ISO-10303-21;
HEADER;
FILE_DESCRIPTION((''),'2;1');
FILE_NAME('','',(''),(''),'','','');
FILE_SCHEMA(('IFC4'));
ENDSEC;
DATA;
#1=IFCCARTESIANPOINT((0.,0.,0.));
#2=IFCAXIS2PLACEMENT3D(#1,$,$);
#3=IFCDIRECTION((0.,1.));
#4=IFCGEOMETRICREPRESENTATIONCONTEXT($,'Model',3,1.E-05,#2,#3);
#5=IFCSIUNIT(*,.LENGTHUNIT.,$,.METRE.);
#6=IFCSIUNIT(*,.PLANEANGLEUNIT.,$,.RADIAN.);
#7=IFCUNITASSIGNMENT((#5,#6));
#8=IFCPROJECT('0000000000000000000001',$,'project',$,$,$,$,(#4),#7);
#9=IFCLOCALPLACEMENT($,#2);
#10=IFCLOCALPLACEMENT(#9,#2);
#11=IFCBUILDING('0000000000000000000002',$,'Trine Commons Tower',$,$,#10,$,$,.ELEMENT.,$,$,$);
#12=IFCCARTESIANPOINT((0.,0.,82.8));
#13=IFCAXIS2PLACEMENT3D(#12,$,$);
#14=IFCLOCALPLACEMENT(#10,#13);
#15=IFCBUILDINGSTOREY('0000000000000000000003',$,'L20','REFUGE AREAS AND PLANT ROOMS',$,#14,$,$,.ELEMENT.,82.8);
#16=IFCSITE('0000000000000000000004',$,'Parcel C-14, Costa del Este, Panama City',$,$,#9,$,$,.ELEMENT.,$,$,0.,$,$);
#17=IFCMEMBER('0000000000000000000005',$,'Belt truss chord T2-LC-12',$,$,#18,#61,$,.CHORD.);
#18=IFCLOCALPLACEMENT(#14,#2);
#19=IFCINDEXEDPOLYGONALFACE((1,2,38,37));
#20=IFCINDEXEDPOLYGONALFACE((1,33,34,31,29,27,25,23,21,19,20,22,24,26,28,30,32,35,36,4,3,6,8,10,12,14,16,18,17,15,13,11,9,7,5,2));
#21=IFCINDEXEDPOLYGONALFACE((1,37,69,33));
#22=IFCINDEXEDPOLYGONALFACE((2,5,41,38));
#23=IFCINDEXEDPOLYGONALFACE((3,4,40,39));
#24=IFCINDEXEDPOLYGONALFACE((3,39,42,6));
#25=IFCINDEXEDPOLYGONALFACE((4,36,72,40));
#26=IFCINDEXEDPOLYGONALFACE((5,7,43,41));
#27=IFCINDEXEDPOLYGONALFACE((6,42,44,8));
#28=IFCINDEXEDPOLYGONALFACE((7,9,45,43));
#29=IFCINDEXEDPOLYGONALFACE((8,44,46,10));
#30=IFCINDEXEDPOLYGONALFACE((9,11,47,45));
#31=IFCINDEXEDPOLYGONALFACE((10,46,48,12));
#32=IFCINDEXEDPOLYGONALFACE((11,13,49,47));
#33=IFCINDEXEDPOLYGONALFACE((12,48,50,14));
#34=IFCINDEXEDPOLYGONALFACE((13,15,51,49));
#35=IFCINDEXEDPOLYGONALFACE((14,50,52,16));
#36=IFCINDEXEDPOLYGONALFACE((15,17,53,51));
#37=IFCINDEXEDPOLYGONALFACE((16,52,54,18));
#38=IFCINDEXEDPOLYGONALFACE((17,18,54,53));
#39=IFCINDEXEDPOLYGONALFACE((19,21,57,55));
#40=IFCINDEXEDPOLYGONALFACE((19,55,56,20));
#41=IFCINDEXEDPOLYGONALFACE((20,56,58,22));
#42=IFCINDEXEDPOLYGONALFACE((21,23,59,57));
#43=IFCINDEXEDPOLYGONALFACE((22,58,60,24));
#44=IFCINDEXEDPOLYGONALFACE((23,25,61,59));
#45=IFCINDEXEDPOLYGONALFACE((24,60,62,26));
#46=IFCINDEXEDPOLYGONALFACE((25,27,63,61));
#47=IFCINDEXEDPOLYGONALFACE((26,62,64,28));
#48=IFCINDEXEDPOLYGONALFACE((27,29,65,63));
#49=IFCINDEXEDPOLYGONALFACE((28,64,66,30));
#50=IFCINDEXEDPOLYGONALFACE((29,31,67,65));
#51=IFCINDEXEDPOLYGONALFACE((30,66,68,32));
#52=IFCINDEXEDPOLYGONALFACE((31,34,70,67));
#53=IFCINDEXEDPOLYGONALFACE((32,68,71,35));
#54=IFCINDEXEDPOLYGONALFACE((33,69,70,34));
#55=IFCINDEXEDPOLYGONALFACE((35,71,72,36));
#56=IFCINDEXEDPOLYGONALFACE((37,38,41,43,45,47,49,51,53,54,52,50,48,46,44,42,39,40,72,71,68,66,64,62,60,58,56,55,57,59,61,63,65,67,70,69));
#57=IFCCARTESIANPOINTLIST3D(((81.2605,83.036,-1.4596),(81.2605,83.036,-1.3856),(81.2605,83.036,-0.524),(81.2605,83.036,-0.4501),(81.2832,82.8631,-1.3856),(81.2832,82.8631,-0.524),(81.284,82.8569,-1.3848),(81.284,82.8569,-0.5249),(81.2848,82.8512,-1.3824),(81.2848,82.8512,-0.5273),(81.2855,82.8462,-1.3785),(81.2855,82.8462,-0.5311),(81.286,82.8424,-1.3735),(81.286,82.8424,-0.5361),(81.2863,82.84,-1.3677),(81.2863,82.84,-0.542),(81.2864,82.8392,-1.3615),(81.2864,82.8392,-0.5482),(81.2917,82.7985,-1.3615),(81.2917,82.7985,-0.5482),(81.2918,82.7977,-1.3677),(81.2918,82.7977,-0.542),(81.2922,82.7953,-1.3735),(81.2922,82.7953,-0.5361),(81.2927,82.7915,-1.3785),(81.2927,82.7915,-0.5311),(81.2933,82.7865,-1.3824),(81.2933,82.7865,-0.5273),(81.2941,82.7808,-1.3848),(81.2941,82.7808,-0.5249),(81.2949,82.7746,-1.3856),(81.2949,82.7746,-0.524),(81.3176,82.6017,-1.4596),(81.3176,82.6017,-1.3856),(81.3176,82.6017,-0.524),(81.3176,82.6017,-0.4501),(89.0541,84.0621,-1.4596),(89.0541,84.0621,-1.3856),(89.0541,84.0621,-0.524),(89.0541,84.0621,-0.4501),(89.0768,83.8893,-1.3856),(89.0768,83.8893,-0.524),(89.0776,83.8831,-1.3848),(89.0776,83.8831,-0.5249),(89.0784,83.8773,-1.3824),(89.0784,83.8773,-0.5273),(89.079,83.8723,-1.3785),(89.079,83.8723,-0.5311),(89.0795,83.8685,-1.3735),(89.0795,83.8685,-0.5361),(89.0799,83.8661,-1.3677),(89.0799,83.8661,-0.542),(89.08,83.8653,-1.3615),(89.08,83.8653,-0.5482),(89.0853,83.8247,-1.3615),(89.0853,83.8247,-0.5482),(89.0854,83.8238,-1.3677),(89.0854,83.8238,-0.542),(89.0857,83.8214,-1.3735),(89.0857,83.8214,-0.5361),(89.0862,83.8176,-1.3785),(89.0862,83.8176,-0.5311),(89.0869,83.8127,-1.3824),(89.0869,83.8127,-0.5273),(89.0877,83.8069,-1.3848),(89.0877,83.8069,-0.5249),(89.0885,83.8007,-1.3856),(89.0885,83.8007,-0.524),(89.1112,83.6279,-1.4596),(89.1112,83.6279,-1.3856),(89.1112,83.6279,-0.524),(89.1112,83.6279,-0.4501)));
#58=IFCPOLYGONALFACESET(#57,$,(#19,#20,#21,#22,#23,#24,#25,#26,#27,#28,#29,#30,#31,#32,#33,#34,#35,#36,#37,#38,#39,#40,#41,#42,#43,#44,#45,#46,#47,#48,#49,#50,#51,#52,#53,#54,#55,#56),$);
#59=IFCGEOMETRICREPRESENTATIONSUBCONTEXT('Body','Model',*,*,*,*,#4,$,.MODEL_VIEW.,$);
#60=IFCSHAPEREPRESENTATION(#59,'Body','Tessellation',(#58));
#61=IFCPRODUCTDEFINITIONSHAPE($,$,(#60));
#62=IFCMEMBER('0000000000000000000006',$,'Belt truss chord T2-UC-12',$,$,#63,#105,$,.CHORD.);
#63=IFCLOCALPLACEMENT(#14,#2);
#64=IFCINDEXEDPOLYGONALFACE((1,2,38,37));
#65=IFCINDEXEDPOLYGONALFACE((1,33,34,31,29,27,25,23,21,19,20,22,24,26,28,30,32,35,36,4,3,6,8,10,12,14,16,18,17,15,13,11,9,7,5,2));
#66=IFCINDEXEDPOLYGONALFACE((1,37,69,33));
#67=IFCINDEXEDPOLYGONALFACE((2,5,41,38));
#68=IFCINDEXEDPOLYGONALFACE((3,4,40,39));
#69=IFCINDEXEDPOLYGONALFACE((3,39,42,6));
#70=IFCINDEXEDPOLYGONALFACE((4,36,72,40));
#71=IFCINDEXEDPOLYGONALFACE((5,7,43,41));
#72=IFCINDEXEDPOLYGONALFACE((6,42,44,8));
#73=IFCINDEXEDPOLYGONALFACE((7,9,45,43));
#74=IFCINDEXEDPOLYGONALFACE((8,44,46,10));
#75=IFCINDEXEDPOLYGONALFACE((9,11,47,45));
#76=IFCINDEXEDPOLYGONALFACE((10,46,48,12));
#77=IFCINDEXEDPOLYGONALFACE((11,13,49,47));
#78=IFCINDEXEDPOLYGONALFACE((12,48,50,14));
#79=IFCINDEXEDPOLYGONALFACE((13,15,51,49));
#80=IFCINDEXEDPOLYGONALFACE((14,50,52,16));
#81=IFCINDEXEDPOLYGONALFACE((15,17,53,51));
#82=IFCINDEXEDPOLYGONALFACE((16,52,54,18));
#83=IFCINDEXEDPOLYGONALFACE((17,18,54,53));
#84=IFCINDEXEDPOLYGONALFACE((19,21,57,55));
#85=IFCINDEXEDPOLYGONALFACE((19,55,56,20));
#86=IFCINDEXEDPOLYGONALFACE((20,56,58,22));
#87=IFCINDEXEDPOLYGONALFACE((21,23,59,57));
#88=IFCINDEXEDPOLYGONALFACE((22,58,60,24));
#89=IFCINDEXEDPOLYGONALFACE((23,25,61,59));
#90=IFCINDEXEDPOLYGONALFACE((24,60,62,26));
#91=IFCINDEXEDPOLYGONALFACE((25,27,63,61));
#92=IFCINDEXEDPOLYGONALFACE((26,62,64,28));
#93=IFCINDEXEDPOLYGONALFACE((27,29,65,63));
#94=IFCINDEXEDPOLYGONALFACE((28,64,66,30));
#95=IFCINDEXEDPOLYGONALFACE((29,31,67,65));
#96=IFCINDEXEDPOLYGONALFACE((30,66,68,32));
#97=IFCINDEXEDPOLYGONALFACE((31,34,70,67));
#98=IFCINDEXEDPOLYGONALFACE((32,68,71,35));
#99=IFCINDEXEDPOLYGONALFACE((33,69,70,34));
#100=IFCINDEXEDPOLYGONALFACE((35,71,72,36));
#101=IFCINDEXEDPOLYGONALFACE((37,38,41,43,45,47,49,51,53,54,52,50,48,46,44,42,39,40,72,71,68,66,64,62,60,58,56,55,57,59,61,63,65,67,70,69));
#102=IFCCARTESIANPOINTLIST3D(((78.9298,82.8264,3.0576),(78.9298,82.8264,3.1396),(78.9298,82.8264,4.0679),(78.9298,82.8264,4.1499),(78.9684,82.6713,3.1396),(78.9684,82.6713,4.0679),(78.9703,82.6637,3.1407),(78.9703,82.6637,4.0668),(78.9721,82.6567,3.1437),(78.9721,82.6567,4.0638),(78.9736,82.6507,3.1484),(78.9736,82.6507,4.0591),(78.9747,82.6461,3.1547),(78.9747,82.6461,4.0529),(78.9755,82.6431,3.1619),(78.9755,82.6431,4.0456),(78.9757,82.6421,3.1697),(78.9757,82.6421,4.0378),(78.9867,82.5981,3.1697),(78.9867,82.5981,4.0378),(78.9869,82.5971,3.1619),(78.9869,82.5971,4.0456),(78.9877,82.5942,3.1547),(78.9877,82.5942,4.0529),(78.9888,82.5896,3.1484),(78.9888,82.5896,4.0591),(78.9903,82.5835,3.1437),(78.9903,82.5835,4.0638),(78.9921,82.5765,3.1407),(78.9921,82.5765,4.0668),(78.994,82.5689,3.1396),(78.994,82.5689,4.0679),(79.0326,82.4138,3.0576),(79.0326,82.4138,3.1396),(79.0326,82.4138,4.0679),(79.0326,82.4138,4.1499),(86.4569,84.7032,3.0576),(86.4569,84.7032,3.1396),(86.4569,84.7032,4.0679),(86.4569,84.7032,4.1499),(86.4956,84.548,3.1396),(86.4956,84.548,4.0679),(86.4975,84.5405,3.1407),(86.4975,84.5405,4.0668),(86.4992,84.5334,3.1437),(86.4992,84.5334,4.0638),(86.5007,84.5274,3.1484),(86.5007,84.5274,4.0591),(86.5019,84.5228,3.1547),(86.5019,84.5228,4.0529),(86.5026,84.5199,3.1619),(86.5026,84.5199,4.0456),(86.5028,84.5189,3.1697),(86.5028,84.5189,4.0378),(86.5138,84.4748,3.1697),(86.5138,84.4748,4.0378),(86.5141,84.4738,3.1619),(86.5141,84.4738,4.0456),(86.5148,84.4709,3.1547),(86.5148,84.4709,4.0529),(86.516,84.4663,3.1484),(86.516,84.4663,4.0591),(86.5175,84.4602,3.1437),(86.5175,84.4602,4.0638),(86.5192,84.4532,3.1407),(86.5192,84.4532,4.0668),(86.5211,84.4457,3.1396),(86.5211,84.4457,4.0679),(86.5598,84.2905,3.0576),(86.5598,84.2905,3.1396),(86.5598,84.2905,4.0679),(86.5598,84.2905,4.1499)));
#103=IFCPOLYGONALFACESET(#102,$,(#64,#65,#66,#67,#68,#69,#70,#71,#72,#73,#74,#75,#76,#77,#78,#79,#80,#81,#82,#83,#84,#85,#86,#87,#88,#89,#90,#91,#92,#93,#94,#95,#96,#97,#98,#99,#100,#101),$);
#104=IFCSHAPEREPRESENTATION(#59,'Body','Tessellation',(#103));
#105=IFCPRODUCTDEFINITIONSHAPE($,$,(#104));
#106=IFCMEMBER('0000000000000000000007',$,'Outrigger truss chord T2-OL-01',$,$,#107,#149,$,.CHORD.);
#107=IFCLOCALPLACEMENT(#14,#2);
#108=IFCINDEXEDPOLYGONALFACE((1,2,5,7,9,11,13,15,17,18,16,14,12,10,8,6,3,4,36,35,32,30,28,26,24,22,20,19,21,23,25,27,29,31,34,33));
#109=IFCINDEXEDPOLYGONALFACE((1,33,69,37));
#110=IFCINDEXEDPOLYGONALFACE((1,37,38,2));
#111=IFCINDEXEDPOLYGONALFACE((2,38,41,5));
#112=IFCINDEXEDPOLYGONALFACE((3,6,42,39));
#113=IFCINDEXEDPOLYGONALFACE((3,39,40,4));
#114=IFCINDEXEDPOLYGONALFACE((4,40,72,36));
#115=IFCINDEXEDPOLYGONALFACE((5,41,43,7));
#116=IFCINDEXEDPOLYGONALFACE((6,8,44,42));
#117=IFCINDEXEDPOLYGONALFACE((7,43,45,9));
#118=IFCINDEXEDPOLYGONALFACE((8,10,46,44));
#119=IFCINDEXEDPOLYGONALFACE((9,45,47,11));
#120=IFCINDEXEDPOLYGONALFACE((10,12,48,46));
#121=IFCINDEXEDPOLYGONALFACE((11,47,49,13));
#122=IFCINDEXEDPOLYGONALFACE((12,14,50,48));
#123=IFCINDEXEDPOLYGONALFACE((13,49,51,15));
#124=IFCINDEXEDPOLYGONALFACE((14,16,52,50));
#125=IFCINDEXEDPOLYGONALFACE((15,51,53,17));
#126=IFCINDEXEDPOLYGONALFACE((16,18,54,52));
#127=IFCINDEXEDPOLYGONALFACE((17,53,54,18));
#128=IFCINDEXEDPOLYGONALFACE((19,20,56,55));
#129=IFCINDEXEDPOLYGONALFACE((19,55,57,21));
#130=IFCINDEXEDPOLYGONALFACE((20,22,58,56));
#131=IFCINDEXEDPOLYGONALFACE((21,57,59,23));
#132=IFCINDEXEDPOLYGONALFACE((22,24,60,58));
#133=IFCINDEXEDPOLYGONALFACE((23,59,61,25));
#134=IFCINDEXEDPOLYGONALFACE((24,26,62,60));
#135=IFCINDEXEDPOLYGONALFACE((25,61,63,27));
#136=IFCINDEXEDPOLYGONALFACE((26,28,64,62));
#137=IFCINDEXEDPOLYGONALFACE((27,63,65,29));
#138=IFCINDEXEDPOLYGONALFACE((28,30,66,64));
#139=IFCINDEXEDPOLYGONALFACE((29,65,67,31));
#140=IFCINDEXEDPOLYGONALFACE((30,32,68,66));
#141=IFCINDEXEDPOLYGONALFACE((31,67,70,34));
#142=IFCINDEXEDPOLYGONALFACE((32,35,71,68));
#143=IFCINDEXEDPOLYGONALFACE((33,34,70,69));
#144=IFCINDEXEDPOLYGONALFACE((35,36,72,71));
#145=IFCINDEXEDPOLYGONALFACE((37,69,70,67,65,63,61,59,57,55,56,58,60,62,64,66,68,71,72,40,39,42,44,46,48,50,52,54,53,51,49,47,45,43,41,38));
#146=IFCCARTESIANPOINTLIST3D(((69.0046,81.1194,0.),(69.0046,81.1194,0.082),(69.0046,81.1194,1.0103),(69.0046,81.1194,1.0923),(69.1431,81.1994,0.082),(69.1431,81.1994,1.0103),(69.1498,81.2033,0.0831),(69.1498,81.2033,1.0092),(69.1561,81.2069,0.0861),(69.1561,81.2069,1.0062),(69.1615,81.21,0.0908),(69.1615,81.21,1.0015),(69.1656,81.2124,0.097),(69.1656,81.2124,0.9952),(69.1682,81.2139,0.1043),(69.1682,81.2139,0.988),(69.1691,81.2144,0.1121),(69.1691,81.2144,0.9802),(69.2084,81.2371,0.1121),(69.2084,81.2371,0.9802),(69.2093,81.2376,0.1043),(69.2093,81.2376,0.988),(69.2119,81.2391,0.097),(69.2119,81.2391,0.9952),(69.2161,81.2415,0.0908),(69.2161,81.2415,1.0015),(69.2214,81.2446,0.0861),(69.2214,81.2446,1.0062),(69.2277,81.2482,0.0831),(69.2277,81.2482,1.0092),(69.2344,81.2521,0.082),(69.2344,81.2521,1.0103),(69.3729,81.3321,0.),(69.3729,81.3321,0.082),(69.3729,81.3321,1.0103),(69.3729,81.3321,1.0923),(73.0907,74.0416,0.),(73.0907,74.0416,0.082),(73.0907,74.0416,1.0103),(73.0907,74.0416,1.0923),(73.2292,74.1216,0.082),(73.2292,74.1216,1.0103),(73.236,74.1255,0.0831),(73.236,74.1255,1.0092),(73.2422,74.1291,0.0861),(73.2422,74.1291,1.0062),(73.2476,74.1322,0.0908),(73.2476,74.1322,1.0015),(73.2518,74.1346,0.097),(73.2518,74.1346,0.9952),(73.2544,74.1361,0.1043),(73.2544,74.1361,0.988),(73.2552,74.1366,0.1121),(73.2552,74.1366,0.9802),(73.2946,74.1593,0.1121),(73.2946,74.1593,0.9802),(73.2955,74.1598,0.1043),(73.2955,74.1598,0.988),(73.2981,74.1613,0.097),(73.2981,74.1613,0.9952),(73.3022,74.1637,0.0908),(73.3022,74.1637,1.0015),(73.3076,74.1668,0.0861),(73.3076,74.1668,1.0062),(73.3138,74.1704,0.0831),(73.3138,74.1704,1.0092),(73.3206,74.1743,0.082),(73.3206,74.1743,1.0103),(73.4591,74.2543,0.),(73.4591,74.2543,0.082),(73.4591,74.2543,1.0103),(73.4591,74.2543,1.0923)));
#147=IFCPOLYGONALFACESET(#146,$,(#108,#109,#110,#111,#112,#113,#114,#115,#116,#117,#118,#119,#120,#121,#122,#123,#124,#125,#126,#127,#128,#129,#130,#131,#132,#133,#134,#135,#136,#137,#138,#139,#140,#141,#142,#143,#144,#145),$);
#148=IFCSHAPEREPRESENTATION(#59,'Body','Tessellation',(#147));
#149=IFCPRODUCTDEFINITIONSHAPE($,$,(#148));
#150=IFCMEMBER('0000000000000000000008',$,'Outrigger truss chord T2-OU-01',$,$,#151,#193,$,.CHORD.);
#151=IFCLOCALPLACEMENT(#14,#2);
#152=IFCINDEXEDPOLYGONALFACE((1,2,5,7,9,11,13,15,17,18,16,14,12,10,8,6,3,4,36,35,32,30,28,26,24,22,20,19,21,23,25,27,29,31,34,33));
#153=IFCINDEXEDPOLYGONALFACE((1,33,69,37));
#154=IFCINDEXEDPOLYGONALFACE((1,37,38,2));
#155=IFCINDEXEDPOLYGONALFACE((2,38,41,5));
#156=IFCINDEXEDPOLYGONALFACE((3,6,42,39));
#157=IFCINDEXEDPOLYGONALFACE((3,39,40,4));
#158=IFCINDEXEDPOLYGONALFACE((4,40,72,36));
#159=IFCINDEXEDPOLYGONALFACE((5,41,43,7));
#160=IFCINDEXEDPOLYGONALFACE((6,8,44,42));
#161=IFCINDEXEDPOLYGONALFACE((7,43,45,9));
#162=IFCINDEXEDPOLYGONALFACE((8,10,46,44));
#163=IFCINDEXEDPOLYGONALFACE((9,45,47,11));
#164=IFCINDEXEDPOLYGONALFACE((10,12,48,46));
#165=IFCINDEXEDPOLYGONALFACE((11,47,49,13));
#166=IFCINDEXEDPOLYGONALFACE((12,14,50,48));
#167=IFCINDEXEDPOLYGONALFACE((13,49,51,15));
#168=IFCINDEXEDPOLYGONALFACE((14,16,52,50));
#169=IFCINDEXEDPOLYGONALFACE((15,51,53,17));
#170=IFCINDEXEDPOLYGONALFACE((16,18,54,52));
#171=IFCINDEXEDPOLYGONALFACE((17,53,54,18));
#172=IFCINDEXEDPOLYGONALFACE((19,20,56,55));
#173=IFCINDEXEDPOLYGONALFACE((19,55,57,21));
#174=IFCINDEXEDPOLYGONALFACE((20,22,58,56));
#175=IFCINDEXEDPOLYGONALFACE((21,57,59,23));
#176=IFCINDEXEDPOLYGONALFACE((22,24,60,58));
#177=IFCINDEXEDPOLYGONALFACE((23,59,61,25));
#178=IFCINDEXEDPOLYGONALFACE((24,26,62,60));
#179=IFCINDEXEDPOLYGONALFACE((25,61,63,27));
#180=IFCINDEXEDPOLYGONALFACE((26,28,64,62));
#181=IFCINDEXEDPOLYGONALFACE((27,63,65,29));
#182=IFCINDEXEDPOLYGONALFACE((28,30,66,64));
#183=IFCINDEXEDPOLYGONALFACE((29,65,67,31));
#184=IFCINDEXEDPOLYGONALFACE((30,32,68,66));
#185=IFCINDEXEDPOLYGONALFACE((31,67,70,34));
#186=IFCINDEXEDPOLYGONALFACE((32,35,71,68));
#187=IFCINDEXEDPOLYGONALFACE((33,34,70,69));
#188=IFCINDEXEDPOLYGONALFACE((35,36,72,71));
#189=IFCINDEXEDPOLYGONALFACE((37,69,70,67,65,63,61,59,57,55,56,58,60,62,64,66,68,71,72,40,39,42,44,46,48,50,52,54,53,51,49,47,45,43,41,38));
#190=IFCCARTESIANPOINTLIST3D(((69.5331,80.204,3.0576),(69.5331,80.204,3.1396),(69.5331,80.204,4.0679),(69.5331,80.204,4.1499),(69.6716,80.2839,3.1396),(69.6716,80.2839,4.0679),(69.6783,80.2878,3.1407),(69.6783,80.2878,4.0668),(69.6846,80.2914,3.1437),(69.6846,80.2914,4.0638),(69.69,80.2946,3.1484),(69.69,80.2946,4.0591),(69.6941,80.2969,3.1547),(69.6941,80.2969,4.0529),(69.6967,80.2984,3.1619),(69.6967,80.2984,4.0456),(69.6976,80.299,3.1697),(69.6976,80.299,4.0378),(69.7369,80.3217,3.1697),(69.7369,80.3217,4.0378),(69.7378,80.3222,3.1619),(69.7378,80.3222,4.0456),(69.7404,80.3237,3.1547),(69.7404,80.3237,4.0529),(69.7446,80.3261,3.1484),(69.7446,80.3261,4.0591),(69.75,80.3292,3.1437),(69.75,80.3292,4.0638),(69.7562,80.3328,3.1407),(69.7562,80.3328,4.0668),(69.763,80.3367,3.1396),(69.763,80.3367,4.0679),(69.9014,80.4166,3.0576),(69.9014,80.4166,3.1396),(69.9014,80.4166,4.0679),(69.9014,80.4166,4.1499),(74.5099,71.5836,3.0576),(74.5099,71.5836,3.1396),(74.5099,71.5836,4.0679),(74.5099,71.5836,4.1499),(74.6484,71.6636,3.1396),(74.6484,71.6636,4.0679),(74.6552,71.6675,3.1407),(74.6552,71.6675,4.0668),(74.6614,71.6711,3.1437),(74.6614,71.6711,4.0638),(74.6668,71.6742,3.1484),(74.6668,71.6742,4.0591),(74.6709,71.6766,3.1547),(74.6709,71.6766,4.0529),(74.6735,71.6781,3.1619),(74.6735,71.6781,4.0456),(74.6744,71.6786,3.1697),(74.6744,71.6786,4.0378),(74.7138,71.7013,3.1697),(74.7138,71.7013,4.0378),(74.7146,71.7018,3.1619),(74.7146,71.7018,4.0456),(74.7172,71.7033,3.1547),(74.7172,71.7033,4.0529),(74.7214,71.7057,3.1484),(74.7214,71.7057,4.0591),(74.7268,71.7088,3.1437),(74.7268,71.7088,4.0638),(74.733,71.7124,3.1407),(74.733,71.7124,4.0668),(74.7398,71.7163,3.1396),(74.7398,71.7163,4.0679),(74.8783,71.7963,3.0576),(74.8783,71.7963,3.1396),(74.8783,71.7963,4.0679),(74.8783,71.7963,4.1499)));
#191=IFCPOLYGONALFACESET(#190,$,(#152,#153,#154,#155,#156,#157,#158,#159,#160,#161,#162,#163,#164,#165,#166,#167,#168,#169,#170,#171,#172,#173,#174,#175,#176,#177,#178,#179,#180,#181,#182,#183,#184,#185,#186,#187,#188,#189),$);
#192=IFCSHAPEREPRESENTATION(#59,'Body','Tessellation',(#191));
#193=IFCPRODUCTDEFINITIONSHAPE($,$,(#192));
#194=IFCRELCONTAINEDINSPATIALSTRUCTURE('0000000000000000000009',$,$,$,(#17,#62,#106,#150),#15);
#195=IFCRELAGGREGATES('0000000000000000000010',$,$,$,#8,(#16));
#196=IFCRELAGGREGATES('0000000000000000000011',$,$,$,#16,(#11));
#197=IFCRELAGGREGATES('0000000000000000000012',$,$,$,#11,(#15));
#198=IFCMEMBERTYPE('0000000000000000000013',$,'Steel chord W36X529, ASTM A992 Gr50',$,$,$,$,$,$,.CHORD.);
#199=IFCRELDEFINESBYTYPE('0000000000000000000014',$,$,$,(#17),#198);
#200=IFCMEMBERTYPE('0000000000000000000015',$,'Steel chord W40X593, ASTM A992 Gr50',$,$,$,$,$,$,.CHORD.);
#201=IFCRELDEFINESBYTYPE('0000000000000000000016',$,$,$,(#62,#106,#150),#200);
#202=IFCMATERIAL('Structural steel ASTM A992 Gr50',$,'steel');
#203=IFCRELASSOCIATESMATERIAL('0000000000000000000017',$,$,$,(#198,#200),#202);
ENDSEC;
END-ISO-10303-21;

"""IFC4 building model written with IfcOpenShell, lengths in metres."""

from ifc_helpers import new_model, si_unit, direction, frame, origin, origin_2d, place, context, subcontext, project, spatial, i_section, extrude, material, material_profile, profile_set, type_object, element, save


model = new_model("IFC4")

# Units and contexts
model_context = context("Model", 3, precision=1e-05, world=origin(), true_north=direction((0.0, 1.0)))
body_context = subcontext(model_context, "Body", "Model", "MODEL_VIEW")
ifc_project = project(units=[si_unit("LENGTHUNIT", "METRE"), si_unit("PLANEANGLEUNIT", "RADIAN")], contexts=[model_context])

# Site, building, storey
site_placement = place(None, origin())
site = spatial("IfcSite", under=ifc_project, at=site_placement, Name="Parcel C-14, Costa del Este, Panama City", CompositionType="ELEMENT", RefElevation=0.0)
building_placement = place(site_placement, origin())
building = spatial("IfcBuilding", under=site, at=building_placement, Name="Trine Commons Tower", CompositionType="ELEMENT")
storey_placement = place(building_placement, frame((0.0, 0.0, 82.8)))
storey = spatial("IfcBuildingStorey", under=building, at=storey_placement, Name="L20", Description="REFUGE AREAS AND PLANT ROOMS", CompositionType="ELEMENT", Elevation=82.8)

# Members
ifc_material_1 = material(Name="Structural steel ASTM A992 Gr50", Category="steel")
ifc_material_profile_1 = material_profile(ifc_material_1, i_section(OverallWidth=0.438, OverallDepth=1.0095, WebThickness=0.041, FlangeThickness=0.074, FilletRadius=0.0242, at=origin_2d()), Name="W36X529")
ifc_profile_set_1 = profile_set([ifc_material_profile_1], Name="Structural steel ASTM A992 Gr50")
member_type_1 = type_object("IfcMemberType", Name="Steel chord W36X529, ASTM A992 Gr50", PredefinedType="CHORD", material=ifc_profile_set_1)
member_1_placement = place(storey_placement, frame((81.2891, 82.8188, -0.9548), z_axis=(0.991443, 0.130538, 0.0), x_axis=(-0.130538, 0.991443, 0.0)))
element("IfcMember", 1, at=member_1_placement, inside=storey, type_object=member_type_1, Name="Belt truss chord T2-LC-12", PredefinedType="CHORD", context=body_context, shape_type="SweptSolid", body=[
    extrude(i_section(OverallWidth=0.438, OverallDepth=1.0095, WebThickness=0.041, FlangeThickness=0.074, FilletRadius=0.0242, at=origin_2d()), origin(), (0.0, 0.0, 1.0), 7.8608),
])
ifc_material_profile_2 = material_profile(ifc_material_1, i_section(OverallWidth=0.4253, OverallDepth=1.0923, WebThickness=0.0454, FlangeThickness=0.082, FilletRadius=0.03, at=origin_2d()), Name="W40X593")
ifc_profile_set_2 = profile_set([ifc_material_profile_2], Name="Structural steel ASTM A992 Gr50")
member_type_2 = type_object("IfcMemberType", Name="Steel chord W40X593, ASTM A992 Gr50", PredefinedType="CHORD", material=ifc_profile_set_2)
member_2_placement = place(storey_placement, frame((78.9812, 82.6201, 3.6038), z_axis=(0.970296, 0.241921, 0.0), x_axis=(-0.241921, 0.970296, 0.0)))
element("IfcMember", 2, at=member_2_placement, inside=storey, type_object=member_type_2, Name="Belt truss chord T2-UC-12", PredefinedType="CHORD", context=body_context, shape_type="SweptSolid", body=[
    extrude(i_section(OverallWidth=0.4253, OverallDepth=1.0923, WebThickness=0.0454, FlangeThickness=0.082, FilletRadius=0.03, at=origin_2d()), origin(), (0.0, 0.0, 1.0), 7.7576),
])
member_3_placement = place(storey_placement, frame((73.2749, 74.1479, 0.5461), z_axis=(-0.499978, 0.866038, 0.0), x_axis=(-0.866038, -0.499978, 0.0)))
element("IfcMember", 3, at=member_3_placement, inside=storey, type_object=member_type_2, Name="Outrigger truss chord T2-OL-01", PredefinedType="CHORD", context=body_context, shape_type="SweptSolid", body=[
    extrude(i_section(OverallWidth=0.4253, OverallDepth=1.0923, WebThickness=0.0454, FlangeThickness=0.082, FilletRadius=0.03, at=origin_2d()), origin(), (0.0, 0.0, 1.0), 8.1726),
])
member_4_placement = place(storey_placement, frame((74.6941, 71.6899, 3.6038), z_axis=(-0.499988, 0.866032, 0.0), x_axis=(-0.866032, -0.499988, 0.0)))
element("IfcMember", 4, at=member_4_placement, inside=storey, type_object=member_type_2, Name="Outrigger truss chord T2-OU-01", PredefinedType="CHORD", context=body_context, shape_type="SweptSolid", body=[
    extrude(i_section(OverallWidth=0.4253, OverallDepth=1.0923, WebThickness=0.0454, FlangeThickness=0.082, FilletRadius=0.03, at=origin_2d()), origin(), (0.0, 0.0, 1.0), 9.9539),
])

save(model, "model.ifc")
